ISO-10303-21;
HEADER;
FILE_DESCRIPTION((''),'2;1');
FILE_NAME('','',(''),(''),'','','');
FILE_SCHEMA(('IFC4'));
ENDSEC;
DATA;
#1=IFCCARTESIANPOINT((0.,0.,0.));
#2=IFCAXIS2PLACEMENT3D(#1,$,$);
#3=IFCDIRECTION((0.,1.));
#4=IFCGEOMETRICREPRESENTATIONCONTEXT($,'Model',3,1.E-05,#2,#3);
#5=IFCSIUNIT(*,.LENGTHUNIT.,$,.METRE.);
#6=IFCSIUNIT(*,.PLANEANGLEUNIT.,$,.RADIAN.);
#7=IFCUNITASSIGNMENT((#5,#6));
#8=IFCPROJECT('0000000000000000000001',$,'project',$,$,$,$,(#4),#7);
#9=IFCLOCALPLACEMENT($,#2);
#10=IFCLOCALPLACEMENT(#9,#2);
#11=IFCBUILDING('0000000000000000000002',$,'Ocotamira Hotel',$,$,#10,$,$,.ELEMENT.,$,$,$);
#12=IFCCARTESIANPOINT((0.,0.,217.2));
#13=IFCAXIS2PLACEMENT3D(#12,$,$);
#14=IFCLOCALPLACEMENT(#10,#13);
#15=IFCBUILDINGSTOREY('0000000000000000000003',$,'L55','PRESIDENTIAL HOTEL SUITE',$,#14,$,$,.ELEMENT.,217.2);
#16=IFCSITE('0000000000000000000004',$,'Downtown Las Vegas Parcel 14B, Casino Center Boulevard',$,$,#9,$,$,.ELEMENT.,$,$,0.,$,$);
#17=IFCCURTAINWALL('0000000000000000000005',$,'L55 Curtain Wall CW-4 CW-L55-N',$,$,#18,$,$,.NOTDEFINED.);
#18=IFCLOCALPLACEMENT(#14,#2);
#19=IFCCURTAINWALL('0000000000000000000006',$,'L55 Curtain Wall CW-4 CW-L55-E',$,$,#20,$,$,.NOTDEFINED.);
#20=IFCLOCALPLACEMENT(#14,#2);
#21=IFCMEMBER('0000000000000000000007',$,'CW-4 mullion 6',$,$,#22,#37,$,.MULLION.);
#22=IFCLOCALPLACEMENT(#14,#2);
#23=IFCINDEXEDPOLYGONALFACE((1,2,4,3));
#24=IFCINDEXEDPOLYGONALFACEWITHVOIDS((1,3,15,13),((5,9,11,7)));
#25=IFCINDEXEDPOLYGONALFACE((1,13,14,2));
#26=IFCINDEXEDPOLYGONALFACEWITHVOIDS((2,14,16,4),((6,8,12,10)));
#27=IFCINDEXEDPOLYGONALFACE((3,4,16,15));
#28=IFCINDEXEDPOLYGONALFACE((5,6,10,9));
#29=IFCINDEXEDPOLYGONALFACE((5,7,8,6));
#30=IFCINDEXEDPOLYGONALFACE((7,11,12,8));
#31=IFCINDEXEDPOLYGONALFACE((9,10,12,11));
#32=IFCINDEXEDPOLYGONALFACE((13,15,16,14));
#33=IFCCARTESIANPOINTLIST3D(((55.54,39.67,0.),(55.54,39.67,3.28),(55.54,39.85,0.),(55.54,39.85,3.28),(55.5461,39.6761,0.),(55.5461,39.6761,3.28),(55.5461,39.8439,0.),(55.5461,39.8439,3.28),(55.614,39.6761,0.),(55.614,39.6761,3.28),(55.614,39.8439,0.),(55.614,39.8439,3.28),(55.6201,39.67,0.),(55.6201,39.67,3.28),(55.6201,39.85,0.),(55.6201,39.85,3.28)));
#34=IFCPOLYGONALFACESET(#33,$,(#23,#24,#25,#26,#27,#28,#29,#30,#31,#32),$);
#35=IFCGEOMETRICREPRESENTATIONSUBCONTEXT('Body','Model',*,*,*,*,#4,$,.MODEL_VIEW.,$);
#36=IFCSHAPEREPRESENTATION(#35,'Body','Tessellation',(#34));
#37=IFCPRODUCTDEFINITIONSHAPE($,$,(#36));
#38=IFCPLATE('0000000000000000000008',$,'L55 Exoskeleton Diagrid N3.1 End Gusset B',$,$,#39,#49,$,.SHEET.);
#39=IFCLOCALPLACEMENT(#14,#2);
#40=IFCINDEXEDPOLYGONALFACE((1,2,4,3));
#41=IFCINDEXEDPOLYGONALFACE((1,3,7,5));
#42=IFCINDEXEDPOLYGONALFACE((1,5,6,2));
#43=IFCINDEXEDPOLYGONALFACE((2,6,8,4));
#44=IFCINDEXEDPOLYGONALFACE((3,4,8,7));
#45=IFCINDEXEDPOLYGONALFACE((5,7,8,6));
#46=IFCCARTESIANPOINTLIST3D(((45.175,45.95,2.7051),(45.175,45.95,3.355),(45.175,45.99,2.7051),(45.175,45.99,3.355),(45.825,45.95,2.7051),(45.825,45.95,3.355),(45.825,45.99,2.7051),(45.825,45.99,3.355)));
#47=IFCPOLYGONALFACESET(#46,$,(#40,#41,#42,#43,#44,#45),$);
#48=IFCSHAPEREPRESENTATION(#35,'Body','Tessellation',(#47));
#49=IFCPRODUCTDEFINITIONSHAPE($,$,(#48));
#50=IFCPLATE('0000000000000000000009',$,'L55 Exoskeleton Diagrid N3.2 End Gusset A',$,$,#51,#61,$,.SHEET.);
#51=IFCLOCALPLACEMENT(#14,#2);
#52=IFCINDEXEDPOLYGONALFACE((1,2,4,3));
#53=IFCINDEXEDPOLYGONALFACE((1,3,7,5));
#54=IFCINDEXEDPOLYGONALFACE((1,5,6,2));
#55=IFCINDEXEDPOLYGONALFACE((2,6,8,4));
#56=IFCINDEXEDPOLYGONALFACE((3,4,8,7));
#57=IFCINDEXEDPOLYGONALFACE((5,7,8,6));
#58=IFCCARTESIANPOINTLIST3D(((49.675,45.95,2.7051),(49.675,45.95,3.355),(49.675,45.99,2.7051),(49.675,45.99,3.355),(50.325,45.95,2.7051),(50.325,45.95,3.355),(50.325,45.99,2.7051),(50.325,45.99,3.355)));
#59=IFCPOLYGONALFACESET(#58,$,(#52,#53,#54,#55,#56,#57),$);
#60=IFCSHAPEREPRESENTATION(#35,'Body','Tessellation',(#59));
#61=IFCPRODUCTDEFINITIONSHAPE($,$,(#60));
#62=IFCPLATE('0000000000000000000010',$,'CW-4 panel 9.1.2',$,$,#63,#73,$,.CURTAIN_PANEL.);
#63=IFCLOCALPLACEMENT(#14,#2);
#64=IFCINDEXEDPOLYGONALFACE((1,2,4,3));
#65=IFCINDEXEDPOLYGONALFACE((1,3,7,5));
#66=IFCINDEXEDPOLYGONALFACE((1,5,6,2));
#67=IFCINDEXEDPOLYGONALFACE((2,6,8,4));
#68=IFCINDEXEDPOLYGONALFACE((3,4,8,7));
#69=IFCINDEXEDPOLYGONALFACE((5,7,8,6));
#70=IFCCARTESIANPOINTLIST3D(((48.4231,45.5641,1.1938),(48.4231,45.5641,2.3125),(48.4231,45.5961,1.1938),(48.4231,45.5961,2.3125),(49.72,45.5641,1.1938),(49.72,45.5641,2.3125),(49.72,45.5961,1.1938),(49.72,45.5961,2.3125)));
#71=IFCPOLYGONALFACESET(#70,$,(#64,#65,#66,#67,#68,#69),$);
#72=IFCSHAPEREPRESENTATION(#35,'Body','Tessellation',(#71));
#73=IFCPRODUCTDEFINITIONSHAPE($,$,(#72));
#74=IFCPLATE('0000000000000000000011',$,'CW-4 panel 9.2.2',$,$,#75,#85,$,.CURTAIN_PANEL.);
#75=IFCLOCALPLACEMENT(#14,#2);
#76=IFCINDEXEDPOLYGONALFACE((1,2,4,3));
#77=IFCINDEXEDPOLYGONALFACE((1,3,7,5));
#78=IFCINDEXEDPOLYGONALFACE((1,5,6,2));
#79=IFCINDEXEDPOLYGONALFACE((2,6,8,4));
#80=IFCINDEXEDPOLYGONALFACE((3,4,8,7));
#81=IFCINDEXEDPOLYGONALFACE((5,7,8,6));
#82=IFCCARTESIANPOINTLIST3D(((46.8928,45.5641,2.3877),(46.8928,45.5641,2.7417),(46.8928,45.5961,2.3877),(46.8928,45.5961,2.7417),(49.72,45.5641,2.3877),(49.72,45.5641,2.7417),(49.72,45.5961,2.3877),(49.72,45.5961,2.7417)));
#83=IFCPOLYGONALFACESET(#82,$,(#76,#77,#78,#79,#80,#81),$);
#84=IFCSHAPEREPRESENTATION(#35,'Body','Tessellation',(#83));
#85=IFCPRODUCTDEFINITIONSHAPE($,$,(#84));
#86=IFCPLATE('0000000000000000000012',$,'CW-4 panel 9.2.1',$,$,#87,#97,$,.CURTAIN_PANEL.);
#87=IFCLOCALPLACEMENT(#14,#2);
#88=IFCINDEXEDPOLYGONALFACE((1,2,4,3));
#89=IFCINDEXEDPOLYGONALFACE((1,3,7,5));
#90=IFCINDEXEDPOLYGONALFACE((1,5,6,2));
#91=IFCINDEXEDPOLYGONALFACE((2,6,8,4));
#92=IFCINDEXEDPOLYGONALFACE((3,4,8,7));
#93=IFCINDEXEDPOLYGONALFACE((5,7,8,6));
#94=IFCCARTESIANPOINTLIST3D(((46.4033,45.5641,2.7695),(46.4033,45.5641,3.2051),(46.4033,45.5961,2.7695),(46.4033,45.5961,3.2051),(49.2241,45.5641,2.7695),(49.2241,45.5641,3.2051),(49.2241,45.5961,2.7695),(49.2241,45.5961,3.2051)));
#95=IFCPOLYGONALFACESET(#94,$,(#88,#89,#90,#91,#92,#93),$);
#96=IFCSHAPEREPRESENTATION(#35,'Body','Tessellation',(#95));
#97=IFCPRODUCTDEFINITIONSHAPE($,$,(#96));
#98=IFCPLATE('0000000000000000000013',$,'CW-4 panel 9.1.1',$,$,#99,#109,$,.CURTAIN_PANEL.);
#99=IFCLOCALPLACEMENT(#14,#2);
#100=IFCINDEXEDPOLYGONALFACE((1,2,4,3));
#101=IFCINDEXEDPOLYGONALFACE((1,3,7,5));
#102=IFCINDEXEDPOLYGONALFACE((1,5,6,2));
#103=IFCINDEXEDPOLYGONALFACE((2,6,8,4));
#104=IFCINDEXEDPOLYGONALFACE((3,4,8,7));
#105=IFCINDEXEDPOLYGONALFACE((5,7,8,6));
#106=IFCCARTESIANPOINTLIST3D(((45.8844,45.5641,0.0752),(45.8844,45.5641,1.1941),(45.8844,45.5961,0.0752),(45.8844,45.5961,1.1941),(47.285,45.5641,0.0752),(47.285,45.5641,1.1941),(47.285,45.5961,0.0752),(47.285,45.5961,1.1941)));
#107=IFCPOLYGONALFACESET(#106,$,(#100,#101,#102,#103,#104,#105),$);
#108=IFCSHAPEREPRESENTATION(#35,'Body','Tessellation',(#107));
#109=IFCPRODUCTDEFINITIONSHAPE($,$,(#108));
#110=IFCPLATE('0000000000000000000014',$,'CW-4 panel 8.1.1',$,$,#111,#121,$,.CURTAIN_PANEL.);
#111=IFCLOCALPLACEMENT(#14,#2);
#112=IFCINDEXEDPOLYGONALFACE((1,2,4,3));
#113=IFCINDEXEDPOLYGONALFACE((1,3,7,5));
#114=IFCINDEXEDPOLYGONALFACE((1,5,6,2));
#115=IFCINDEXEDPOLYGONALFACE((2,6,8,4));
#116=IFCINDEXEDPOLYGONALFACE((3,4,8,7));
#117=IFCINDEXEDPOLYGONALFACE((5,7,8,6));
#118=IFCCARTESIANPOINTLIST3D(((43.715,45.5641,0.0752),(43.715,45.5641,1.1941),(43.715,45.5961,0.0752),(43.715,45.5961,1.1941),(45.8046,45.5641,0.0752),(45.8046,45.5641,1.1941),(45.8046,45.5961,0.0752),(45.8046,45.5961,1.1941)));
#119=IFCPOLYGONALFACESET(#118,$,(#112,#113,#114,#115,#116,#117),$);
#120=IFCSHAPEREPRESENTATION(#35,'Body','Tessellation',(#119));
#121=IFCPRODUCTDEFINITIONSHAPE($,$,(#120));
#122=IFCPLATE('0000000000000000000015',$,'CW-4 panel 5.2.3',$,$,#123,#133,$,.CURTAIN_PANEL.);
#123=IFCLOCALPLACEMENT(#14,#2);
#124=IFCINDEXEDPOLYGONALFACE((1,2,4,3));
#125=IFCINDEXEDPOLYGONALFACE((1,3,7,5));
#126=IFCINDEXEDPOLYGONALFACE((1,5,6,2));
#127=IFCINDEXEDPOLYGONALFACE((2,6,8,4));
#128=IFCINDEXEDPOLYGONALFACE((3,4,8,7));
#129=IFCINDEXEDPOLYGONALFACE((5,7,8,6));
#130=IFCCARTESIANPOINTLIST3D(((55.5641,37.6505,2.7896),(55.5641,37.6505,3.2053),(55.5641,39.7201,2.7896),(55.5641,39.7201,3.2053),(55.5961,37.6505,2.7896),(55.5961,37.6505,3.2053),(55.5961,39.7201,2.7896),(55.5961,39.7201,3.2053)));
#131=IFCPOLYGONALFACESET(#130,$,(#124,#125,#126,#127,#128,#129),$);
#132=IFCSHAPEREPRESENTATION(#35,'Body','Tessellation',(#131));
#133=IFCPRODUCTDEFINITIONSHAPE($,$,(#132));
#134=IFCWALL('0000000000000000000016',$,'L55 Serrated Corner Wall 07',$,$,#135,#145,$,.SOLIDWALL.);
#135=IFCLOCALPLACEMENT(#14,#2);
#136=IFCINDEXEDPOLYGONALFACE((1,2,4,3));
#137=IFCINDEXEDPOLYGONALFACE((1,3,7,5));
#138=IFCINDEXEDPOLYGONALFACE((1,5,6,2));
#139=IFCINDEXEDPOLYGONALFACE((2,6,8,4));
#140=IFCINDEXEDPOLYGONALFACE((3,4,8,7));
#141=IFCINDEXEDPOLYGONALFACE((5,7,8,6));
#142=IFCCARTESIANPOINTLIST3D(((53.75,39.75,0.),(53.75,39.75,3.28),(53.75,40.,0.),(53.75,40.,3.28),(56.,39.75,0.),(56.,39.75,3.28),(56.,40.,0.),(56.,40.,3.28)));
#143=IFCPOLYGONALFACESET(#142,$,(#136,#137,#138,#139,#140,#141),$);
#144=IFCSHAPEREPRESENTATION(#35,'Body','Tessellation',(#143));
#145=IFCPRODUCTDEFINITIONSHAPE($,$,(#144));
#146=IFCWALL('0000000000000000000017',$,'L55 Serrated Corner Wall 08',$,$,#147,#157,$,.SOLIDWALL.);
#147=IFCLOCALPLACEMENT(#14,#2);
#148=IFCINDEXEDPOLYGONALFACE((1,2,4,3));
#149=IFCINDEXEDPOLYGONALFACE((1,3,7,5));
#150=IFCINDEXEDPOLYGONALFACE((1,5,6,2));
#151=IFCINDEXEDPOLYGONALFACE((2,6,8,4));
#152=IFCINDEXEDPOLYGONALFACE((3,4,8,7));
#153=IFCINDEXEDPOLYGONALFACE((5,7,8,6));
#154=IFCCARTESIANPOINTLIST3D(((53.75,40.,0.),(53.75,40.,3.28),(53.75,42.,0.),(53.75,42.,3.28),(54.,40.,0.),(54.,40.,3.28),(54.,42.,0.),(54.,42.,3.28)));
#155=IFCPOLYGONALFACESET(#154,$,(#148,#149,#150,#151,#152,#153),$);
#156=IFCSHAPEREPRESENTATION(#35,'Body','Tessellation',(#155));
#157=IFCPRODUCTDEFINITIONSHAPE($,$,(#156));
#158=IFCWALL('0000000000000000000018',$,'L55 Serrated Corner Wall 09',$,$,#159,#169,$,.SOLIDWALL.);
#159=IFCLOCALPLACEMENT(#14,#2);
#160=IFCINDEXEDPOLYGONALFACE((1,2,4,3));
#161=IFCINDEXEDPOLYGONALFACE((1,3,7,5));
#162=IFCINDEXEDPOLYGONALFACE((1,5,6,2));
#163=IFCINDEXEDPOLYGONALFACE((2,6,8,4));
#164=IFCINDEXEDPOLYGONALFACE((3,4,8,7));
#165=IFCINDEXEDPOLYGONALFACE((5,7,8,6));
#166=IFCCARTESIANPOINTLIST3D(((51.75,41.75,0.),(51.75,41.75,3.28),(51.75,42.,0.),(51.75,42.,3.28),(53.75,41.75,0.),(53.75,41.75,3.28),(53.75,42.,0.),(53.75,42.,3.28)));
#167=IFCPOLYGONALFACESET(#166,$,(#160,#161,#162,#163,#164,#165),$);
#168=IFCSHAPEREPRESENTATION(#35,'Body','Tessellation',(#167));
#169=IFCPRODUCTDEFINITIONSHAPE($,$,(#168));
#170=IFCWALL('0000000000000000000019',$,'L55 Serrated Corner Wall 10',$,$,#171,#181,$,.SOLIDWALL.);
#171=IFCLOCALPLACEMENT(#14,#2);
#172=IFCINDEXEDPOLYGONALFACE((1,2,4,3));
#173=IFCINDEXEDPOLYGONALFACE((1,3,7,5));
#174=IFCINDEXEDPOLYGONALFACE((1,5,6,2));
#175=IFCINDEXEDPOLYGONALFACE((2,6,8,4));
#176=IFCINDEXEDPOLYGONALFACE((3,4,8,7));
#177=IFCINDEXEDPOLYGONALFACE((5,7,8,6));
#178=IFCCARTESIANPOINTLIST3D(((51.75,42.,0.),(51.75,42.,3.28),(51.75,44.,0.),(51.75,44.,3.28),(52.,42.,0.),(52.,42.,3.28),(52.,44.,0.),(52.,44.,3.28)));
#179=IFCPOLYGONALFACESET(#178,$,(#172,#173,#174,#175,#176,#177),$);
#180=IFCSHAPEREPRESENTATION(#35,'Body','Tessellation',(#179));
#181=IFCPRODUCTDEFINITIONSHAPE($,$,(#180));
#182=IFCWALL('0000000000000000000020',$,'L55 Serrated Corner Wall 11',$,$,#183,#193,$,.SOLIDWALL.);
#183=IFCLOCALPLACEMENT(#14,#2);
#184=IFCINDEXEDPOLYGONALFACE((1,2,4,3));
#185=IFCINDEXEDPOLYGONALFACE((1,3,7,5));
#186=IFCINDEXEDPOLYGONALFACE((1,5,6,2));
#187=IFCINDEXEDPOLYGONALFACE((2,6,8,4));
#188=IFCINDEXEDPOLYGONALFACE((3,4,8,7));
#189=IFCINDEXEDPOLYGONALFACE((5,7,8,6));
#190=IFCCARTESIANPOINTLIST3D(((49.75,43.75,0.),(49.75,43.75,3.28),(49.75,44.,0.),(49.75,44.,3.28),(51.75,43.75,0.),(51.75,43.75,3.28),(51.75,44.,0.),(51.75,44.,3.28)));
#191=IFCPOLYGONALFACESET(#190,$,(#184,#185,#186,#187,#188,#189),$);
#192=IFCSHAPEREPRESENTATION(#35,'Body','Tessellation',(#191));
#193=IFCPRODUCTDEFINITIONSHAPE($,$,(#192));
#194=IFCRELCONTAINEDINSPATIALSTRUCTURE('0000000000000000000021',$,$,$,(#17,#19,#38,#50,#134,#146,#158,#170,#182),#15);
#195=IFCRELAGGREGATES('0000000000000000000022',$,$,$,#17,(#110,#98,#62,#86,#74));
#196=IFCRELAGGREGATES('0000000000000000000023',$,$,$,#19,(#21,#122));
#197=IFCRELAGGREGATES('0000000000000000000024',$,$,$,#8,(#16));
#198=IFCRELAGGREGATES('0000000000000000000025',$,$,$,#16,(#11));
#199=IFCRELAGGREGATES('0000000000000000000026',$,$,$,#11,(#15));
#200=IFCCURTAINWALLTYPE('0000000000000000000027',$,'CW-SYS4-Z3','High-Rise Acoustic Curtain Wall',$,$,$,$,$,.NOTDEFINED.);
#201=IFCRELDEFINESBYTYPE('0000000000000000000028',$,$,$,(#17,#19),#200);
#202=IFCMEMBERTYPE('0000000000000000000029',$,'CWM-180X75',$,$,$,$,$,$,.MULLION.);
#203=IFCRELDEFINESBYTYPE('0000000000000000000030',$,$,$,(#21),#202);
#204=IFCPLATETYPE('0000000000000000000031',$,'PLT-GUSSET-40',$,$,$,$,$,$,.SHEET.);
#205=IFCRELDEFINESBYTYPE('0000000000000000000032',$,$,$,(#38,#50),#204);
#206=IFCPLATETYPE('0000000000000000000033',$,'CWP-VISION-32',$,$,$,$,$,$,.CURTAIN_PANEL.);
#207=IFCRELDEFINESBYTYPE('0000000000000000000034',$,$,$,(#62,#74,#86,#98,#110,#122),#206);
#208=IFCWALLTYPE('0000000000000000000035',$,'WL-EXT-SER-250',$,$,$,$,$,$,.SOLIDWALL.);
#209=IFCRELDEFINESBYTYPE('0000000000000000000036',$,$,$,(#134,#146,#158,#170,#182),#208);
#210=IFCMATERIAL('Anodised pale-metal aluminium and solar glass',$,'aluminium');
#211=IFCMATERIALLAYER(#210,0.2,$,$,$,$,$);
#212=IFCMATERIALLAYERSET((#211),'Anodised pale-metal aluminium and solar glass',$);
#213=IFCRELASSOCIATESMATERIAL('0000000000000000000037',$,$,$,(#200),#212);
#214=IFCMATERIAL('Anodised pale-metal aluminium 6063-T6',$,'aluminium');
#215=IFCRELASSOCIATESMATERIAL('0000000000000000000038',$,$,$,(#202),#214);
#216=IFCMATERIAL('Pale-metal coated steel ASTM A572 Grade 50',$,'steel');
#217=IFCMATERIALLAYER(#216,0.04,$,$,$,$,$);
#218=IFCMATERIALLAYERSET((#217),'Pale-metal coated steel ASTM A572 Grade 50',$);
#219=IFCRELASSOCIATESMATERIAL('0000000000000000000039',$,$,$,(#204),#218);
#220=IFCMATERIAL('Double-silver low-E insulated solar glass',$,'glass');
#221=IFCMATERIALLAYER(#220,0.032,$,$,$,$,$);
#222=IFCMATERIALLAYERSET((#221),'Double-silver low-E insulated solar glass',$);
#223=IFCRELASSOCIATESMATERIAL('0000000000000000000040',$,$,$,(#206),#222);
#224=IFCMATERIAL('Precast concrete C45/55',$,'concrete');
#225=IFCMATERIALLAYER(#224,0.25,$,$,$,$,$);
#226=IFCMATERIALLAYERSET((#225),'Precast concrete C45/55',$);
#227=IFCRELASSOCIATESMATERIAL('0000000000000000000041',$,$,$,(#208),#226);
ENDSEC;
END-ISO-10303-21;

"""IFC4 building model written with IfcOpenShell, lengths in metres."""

from ifc_helpers import new_model, si_unit, direction, frame, frame_2d, origin, origin_2d, place, context, subcontext, project, spatial, rectangle, hollow_rectangle, extrude, source, transform, mapped, material, layer, layer_set, material_profile, profile_set, type_object, element, aggregate, save


model = new_model("IFC4")

# Units and contexts
model_context = context("Model", 3, precision=1e-05, world=origin(), true_north=direction((0.0, 1.0)))
body_context = subcontext(model_context, "Body", "Model", "MODEL_VIEW")
ifc_project = project(units=[si_unit("LENGTHUNIT", "METRE"), si_unit("PLANEANGLEUNIT", "RADIAN")], contexts=[model_context])

# Site, building, storey
site_placement = place(None, origin())
site = spatial("IfcSite", under=ifc_project, at=site_placement, Name="Downtown Las Vegas Parcel 14B, Casino Center Boulevard", CompositionType="ELEMENT", RefElevation=0.0)
building_placement = place(site_placement, origin())
building = spatial("IfcBuilding", under=site, at=building_placement, Name="Ocotamira Hotel", CompositionType="ELEMENT")
storey_placement = place(building_placement, frame((0.0, 0.0, 217.2)))
storey = spatial("IfcBuildingStorey", under=building, at=storey_placement, Name="L55", Description="PRESIDENTIAL HOTEL SUITE", CompositionType="ELEMENT", Elevation=217.2)

# Curtain wall
ifc_material_1 = material(Name="Anodised pale-metal aluminium and solar glass", Category="aluminium")
ifc_layer_1 = layer(ifc_material_1, 0.2)
ifc_layer_set_1 = layer_set([ifc_layer_1], Name="Anodised pale-metal aluminium and solar glass")
curtain_wall_type = type_object("IfcCurtainWallType", Name="CW-SYS4-Z3", Description="High-Rise Acoustic Curtain Wall", PredefinedType="NOTDEFINED", material=ifc_layer_set_1)
curtain_wall_1_placement = place(storey_placement, origin())
curtain_wall_1 = element("IfcCurtainWall", 1, at=curtain_wall_1_placement, inside=storey, type_object=curtain_wall_type, Name="L55 Curtain Wall CW-4 CW-L55-N", PredefinedType="NOTDEFINED")
ifc_material_2 = material(Name="Anodised pale-metal aluminium 6063-T6", Category="aluminium")
ifc_material_profile_1 = material_profile(ifc_material_2, hollow_rectangle(XDim=0.0801, YDim=0.1799, WallThickness=0.0061, at=origin_2d()), Name="HSS180X80X6")
ifc_profile_set_1 = profile_set([ifc_material_profile_1], Name="Anodised pale-metal aluminium 6063-T6")
member_type_1 = type_object("IfcMemberType", Name="CWM-180X75", PredefinedType="MULLION", material=ifc_profile_set_1)
shared_shape_1 = source(origin(), body_context, "Body", "SweptSolid", [
    extrude(hollow_rectangle(XDim=0.0801, YDim=0.1799, WallThickness=0.0061, at=origin_2d()), origin(), (0.0, 0.0, 1.0), 3.28),
])

# Curtain wall, member
curtain_wall_2_placement = place(storey_placement, origin())
curtain_wall_2 = element("IfcCurtainWall", 2, at=curtain_wall_2_placement, inside=storey, type_object=curtain_wall_type, Name="L55 Curtain Wall CW-4 CW-L55-E", PredefinedType="NOTDEFINED")
member_1_placement = place(storey_placement, frame((55.5801, 39.76, 0.0), z_axis=(0.0, 0.0, 1.0), x_axis=(-1.0, 0.0, 0.0)))
member_1 = element("IfcMember", 3, at=member_1_placement, type_object=member_type_1, Name="CW-4 mullion 6", PredefinedType="MULLION", context=body_context, shape_type="MappedRepresentation", body=[
    mapped(shared_shape_1, transform((0.0, 0.0, 0.0), scale=1.0)),
])

# Plates
ifc_material_3 = material(Name="Pale-metal coated steel ASTM A572 Grade 50", Category="steel")
ifc_layer_2 = layer(ifc_material_3, 0.04)
ifc_layer_set_2 = layer_set([ifc_layer_2], Name="Pale-metal coated steel ASTM A572 Grade 50")
plate_type_1 = type_object("IfcPlateType", Name="PLT-GUSSET-40", PredefinedType="SHEET", material=ifc_layer_set_2)
shared_shape_2 = source(origin(), body_context, "Body", "SweptSolid", [
    extrude(rectangle(XDim=0.6499, YDim=0.04, at=origin_2d()), origin(), (0.0, 0.0, 1.0), 0.6499),
])
for number, where, z_axis, x_axis, name in (
    (4, (45.5, 45.97, 2.7051), (0.0, 0.0, 1.0), (1.0, 0.0, 0.0), "L55 Exoskeleton Diagrid N3.1 End Gusset B"),
    (5, (50.0, 45.97, 2.7051), (0.0, 0.0, 1.0), (-1.0, 0.0, 0.0), "L55 Exoskeleton Diagrid N3.2 End Gusset A"),
):
    element("IfcPlate", number, at=place(storey_placement, frame(where, z_axis=z_axis, x_axis=x_axis)), inside=storey, type_object=plate_type_1, Name=name, PredefinedType="SHEET", context=body_context, shape_type="MappedRepresentation", body=[
        mapped(shared_shape_2, transform((0.0, 0.0, 0.0), scale=1.0)),
    ])

# Plates
ifc_material_4 = material(Name="Double-silver low-E insulated solar glass", Category="glass")
ifc_layer_3 = layer(ifc_material_4, 0.032)
ifc_layer_set_3 = layer_set([ifc_layer_3], Name="Double-silver low-E insulated solar glass")
plate_type_2 = type_object("IfcPlateType", Name="CWP-VISION-32", PredefinedType="CURTAIN_PANEL", material=ifc_layer_set_3)
shared_shape_3 = source(origin(), body_context, "Body", "SweptSolid", [
    extrude(rectangle(XDim=1.2969, YDim=0.032, at=origin_2d()), origin(), (0.0, 0.0, 1.0), 1.1187),
])
plate_1_placement = place(storey_placement, frame((49.0715, 45.5801, 1.1938), z_axis=(0.0, 0.0, 1.0), x_axis=(1.0, 0.0, 0.0)))
plate_1 = element("IfcPlate", 6, at=plate_1_placement, type_object=plate_type_2, Name="CW-4 panel 9.1.2", PredefinedType="CURTAIN_PANEL", context=body_context, shape_type="MappedRepresentation", body=[
    mapped(shared_shape_3, transform((0.0, 0.0, 0.0), scale=1.0)),
])
shared_shape_4 = source(origin(), body_context, "Body", "SweptSolid", [
    extrude(rectangle(XDim=2.8271, YDim=0.032, at=origin_2d()), origin(), (0.0, 0.0, 1.0), 0.354),
])
plate_2_placement = place(storey_placement, frame((48.3064, 45.5801, 2.3877), z_axis=(0.0, 0.0, 1.0), x_axis=(1.0, 0.0, 0.0)))
plate_2 = element("IfcPlate", 7, at=plate_2_placement, type_object=plate_type_2, Name="CW-4 panel 9.2.2", PredefinedType="CURTAIN_PANEL", context=body_context, shape_type="MappedRepresentation", body=[
    mapped(shared_shape_4, transform((0.0, 0.0, 0.0), scale=1.0)),
])
shared_shape_5 = source(origin(), body_context, "Body", "SweptSolid", [
    extrude(rectangle(XDim=2.8208, YDim=0.032, at=origin_2d()), origin(), (0.0, 0.0, 1.0), 0.4355),
])
plate_3_placement = place(storey_placement, frame((47.8137, 45.5801, 2.7695), z_axis=(0.0, 0.0, 1.0), x_axis=(1.0, 0.0, 0.0)))
plate_3 = element("IfcPlate", 8, at=plate_3_placement, type_object=plate_type_2, Name="CW-4 panel 9.2.1", PredefinedType="CURTAIN_PANEL", context=body_context, shape_type="MappedRepresentation", body=[
    mapped(shared_shape_5, transform((0.0, 0.0, 0.0), scale=1.0)),
])
shared_shape_6 = source(origin(), body_context, "Body", "SweptSolid", [
    extrude(rectangle(XDim=1.4006, YDim=0.032, at=origin_2d()), origin(), (0.0, 0.0, 1.0), 1.1189),
])
plate_4_placement = place(storey_placement, frame((46.5847, 45.5801, 0.0752), z_axis=(0.0, 0.0, 1.0), x_axis=(1.0, 0.0, 0.0)))
plate_4 = element("IfcPlate", 9, at=plate_4_placement, type_object=plate_type_2, Name="CW-4 panel 9.1.1", PredefinedType="CURTAIN_PANEL", context=body_context, shape_type="MappedRepresentation", body=[
    mapped(shared_shape_6, transform((0.0, 0.0, 0.0), scale=1.0)),
])
shared_shape_7 = source(origin(), body_context, "Body", "SweptSolid", [
    extrude(rectangle(XDim=2.0896, YDim=0.032, at=origin_2d()), origin(), (0.0, 0.0, 1.0), 1.1189),
])
plate_5_placement = place(storey_placement, frame((44.7598, 45.5801, 0.0752), z_axis=(0.0, 0.0, 1.0), x_axis=(1.0, 0.0, 0.0)))
plate_5 = element("IfcPlate", 10, at=plate_5_placement, type_object=plate_type_2, Name="CW-4 panel 8.1.1", PredefinedType="CURTAIN_PANEL", context=body_context, shape_type="MappedRepresentation", body=[
    mapped(shared_shape_7, transform((0.0, 0.0, 0.0), scale=1.0)),
])
aggregate(curtain_wall_1, [plate_5, plate_4, plate_1, plate_3, plate_2])
shared_shape_8 = source(origin(), body_context, "Body", "SweptSolid", [
    extrude(rectangle(XDim=2.0696, YDim=0.032, at=origin_2d()), origin(), (0.0, 0.0, 1.0), 0.4158),
])
plate_6_placement = place(storey_placement, frame((55.5801, 38.6853, 2.7896), z_axis=(0.0, 0.0, 1.0), x_axis=(0.0, 1.0, 0.0)))
plate_6 = element("IfcPlate", 11, at=plate_6_placement, type_object=plate_type_2, Name="CW-4 panel 5.2.3", PredefinedType="CURTAIN_PANEL", context=body_context, shape_type="MappedRepresentation", body=[
    mapped(shared_shape_8, transform((0.0, 0.0, 0.0), scale=1.0)),
])
aggregate(curtain_wall_2, [member_1, plate_6])

# Walls
ifc_material_5 = material(Name="Precast concrete C45/55", Category="concrete")
ifc_layer_4 = layer(ifc_material_5, 0.25)
ifc_layer_set_4 = layer_set([ifc_layer_4], Name="Precast concrete C45/55")
wall_type_1 = type_object("IfcWallType", Name="WL-EXT-SER-250", PredefinedType="SOLIDWALL", material=ifc_layer_set_4)
wall_1_placement = place(storey_placement, frame((56.0, 39.875, 0.0), z_axis=(0.0, 0.0, 1.0), x_axis=(-1.0, 0.0, 0.0)))
element("IfcWall", 12, at=wall_1_placement, inside=storey, type_object=wall_type_1, Name="L55 Serrated Corner Wall 07", PredefinedType="SOLIDWALL", context=body_context, shape_type="SweptSolid", body=[
    extrude(rectangle(XDim=2.25, YDim=0.25, at=frame_2d((1.125, 0.0))), origin(), (0.0, 0.0, 1.0), 3.28),
])
for number, where, z_axis, x_axis, name in (
    (13, (53.875, 40.0, 0.0), (0.0, 0.0, 1.0), (0.0, 1.0, 0.0), "L55 Serrated Corner Wall 08"),
    (14, (53.75, 41.875, 0.0), (0.0, 0.0, 1.0), (-1.0, 0.0, 0.0), "L55 Serrated Corner Wall 09"),
    (15, (51.875, 42.0, 0.0), (0.0, 0.0, 1.0), (0.0, 1.0, 0.0), "L55 Serrated Corner Wall 10"),
    (16, (51.75, 43.875, 0.0), (0.0, 0.0, 1.0), (-1.0, 0.0, 0.0), "L55 Serrated Corner Wall 11"),
):
    element("IfcWall", number, at=place(storey_placement, frame(where, z_axis=z_axis, x_axis=x_axis)), inside=storey, type_object=wall_type_1, Name=name, PredefinedType="SOLIDWALL", context=body_context, shape_type="SweptSolid", body=[
        extrude(rectangle(XDim=2.0, YDim=0.25, at=frame_2d((1.0, 0.0))), origin(), (0.0, 0.0, 1.0), 3.28),
    ])

save(model, "model.ifc")
